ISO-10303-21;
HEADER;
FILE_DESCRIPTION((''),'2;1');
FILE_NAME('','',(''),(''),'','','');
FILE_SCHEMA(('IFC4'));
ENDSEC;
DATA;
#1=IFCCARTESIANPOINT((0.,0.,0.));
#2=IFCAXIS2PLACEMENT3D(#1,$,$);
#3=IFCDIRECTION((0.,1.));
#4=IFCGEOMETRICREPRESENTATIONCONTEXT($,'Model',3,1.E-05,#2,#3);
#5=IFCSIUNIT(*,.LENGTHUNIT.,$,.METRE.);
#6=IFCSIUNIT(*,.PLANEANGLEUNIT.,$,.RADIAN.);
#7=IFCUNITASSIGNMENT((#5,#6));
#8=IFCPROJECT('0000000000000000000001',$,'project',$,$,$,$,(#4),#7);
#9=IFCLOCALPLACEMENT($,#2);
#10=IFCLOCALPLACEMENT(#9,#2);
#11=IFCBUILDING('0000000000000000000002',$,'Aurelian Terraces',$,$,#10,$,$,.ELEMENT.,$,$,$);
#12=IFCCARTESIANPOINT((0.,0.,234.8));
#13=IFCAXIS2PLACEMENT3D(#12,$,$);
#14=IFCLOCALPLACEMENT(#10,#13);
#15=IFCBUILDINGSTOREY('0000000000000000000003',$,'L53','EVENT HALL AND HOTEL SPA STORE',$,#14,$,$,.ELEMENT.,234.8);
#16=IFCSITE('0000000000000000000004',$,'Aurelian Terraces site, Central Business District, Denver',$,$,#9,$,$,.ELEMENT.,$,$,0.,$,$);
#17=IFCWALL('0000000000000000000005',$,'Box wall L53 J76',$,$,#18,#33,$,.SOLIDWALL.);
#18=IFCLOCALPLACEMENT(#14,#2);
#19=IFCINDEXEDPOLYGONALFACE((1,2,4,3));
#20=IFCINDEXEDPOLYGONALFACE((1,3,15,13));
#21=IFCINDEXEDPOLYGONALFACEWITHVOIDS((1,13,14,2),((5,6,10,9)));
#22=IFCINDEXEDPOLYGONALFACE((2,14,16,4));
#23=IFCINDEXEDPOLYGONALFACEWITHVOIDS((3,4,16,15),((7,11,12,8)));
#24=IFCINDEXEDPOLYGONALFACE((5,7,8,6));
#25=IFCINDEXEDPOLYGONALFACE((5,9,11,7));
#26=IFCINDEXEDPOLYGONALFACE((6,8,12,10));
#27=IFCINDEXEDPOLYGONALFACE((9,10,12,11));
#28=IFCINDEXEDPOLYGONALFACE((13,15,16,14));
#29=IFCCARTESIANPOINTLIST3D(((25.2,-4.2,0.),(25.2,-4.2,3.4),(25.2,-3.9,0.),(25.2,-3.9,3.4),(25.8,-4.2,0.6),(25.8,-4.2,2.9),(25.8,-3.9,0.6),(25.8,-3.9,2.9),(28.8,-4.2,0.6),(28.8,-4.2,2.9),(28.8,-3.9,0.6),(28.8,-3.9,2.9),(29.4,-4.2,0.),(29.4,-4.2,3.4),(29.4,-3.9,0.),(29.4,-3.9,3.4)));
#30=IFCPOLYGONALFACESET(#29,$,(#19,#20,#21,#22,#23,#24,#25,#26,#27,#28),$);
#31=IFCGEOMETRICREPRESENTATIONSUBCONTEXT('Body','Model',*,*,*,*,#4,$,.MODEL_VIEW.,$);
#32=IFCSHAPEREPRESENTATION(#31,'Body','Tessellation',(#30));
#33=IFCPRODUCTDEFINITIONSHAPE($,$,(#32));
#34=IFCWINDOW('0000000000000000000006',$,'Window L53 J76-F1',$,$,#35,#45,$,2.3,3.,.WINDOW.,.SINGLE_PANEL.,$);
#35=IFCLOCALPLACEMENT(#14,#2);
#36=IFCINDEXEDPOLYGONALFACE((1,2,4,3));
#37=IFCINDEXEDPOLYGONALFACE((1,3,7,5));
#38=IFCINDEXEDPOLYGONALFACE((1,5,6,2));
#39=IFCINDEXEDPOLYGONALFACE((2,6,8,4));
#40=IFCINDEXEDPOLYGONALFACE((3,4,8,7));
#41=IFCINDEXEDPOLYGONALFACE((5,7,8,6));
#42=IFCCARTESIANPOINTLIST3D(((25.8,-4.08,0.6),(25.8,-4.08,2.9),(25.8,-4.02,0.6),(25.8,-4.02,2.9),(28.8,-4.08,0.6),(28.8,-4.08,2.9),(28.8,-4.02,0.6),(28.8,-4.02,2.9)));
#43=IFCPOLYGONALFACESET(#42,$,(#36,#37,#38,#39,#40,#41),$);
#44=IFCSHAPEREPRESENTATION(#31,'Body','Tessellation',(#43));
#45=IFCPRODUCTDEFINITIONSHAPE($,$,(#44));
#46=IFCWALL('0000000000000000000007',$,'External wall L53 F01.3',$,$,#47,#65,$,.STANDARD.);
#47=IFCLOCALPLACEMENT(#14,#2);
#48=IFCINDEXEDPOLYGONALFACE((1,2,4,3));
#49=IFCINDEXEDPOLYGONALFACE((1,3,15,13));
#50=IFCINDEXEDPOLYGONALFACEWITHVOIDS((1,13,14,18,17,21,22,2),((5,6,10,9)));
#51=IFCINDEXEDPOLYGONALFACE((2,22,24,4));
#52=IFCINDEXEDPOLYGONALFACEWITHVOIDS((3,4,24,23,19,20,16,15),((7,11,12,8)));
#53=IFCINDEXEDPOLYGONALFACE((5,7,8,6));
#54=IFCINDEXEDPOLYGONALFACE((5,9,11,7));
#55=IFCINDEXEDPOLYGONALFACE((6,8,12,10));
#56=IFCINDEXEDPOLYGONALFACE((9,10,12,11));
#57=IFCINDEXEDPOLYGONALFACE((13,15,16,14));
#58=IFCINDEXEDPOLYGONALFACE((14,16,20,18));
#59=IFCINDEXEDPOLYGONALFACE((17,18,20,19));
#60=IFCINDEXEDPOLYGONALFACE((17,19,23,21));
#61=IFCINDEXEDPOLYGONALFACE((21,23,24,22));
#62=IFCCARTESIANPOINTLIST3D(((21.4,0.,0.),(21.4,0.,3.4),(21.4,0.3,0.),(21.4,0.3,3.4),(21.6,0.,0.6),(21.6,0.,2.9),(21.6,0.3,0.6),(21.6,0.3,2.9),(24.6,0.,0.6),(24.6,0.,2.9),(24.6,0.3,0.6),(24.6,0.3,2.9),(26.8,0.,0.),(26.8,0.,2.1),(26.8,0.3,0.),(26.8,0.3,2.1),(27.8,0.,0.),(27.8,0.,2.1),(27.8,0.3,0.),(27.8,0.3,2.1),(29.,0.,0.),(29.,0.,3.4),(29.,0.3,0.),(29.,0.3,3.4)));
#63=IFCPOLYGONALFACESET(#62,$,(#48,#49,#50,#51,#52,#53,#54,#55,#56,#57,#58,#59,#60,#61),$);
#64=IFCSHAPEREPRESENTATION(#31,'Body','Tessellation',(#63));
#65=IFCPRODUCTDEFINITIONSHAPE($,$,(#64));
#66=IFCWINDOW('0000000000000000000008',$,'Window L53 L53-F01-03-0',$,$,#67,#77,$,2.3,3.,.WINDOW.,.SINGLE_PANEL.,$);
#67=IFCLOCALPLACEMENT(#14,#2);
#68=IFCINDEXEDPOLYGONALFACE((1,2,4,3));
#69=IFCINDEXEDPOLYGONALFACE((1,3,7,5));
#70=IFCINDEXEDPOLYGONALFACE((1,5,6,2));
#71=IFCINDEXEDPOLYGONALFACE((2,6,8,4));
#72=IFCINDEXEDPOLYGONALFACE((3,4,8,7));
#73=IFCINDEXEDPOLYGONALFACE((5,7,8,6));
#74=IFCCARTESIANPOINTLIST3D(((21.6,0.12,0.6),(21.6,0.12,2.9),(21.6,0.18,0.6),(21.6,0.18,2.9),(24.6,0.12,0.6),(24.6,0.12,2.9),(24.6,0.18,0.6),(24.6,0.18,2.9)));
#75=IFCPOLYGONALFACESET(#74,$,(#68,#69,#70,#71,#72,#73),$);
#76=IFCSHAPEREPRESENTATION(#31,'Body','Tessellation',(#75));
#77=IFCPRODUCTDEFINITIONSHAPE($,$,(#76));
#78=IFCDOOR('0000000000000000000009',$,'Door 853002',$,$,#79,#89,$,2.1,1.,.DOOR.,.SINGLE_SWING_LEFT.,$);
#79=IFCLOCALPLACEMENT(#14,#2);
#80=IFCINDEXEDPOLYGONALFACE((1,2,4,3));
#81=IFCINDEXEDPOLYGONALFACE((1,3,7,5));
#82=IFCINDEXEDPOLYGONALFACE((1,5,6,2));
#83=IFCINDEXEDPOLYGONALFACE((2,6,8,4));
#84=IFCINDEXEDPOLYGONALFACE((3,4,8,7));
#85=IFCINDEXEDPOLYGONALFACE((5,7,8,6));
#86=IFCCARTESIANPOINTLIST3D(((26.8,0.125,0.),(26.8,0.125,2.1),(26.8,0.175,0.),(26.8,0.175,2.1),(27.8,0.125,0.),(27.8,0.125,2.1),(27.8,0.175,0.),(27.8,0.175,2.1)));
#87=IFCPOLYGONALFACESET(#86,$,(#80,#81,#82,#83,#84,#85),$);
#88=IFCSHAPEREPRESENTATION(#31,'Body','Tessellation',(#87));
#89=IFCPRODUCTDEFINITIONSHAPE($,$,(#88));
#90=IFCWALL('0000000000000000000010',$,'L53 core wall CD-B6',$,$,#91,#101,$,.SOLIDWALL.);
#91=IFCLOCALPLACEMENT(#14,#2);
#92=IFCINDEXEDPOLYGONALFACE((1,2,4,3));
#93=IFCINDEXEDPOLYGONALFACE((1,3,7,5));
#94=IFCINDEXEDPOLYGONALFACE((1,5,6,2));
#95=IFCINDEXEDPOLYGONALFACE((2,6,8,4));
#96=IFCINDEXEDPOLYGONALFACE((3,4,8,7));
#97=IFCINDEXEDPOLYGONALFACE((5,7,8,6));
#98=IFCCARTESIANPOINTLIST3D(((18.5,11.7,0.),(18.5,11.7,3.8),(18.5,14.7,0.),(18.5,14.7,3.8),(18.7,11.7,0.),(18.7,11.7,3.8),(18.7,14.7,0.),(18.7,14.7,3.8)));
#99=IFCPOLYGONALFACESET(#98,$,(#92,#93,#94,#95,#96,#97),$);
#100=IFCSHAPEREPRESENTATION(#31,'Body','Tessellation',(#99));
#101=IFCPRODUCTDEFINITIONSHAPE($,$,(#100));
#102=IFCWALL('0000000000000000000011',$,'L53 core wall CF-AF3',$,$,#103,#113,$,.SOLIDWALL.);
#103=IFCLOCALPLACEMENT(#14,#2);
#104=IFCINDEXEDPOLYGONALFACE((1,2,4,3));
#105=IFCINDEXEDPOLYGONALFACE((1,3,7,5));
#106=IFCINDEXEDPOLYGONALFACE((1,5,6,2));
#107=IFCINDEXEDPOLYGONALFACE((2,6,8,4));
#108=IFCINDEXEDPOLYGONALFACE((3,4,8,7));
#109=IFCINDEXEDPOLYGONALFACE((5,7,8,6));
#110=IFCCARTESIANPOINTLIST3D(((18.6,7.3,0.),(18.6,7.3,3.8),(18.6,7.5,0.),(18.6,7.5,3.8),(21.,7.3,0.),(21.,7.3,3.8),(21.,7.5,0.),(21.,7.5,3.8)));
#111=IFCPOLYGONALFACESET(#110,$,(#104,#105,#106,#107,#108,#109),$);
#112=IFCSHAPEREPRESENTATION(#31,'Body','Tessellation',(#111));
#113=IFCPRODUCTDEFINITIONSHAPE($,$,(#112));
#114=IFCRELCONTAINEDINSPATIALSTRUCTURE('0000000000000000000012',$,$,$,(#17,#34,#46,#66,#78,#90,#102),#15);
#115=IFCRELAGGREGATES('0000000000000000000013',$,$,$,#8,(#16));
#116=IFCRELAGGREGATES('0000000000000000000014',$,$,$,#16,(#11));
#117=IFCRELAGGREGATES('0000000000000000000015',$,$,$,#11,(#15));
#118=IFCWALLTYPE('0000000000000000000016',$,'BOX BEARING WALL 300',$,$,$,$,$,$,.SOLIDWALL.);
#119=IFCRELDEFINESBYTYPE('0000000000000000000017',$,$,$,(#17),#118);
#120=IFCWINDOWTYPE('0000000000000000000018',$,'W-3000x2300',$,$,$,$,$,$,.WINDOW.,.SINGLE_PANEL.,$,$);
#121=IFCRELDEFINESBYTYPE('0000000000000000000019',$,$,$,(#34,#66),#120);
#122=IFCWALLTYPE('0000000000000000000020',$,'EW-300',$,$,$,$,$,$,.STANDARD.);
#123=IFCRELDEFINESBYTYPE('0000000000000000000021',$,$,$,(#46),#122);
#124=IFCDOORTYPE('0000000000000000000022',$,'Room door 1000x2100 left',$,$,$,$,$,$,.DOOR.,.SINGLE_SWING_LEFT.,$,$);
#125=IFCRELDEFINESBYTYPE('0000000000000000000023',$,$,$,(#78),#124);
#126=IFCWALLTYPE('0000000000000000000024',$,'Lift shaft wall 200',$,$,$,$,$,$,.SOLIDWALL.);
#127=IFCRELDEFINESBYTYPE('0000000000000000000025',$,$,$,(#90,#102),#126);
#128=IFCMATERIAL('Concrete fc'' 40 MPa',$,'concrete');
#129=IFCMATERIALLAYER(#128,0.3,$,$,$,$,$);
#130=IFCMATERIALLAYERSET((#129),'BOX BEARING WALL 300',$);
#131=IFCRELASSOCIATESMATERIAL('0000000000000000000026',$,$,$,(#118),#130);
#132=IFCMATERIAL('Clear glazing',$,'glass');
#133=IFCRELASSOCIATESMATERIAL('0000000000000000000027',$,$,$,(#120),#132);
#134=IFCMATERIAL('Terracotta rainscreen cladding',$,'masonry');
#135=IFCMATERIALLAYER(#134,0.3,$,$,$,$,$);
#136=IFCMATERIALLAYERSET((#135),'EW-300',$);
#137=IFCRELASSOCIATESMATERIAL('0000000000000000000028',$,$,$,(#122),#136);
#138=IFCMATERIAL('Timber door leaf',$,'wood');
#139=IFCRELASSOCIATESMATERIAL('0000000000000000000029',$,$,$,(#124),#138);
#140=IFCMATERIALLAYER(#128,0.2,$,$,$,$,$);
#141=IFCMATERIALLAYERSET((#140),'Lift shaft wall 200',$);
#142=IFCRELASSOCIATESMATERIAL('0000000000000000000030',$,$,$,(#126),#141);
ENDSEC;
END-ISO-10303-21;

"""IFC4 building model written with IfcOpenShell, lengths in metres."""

from ifc_helpers import new_model, si_unit, direction, frame, frame_2d, origin, place, context, subcontext, project, spatial, rectangle, extrude, source, transform, mapped, material, layer, layer_set, type_object, element, fill, save


model = new_model("IFC4")

# Units and contexts
model_context = context("Model", 3, precision=1e-05, world=origin(), true_north=direction((0.0, 1.0)))
body_context = subcontext(model_context, "Body", "Model", "MODEL_VIEW")
ifc_project = project(units=[si_unit("LENGTHUNIT", "METRE"), si_unit("PLANEANGLEUNIT", "RADIAN")], contexts=[model_context])

# Site, building, storey
site_placement = place(None, origin())
site = spatial("IfcSite", under=ifc_project, at=site_placement, Name="Aurelian Terraces site, Central Business District, Denver", CompositionType="ELEMENT", RefElevation=0.0)
building_placement = place(site_placement, origin())
building = spatial("IfcBuilding", under=site, at=building_placement, Name="Aurelian Terraces", CompositionType="ELEMENT")
storey_placement = place(building_placement, frame((0.0, 0.0, 234.8)))
storey = spatial("IfcBuildingStorey", under=building, at=storey_placement, Name="L53", Description="EVENT HALL AND HOTEL SPA STORE", CompositionType="ELEMENT", Elevation=234.8)

# Wall, opening, window
ifc_material_1 = material(Name="Concrete fc' 40 MPa", Category="concrete")
ifc_material_2 = material(Name="Clear glazing", Category="glass")
ifc_layer_1 = layer(ifc_material_1, 0.3)
ifc_layer_set_1 = layer_set([ifc_layer_1], Name="BOX BEARING WALL 300")
wall_type_1 = type_object("IfcWallType", Name="BOX BEARING WALL 300", PredefinedType="SOLIDWALL", material=ifc_layer_set_1)
shared_shape_1 = source(origin(), body_context, "Body", "SweptSolid", [
    extrude(rectangle(XDim=4.2, YDim=0.3, at=frame_2d((2.1, 0.0))), origin(), (0.0, 0.0, 1.0), 3.4),
])
wall_1_placement = place(storey_placement, frame((25.2, -4.05, 0.0), z_axis=(0.0, 0.0, 1.0), x_axis=(1.0, 0.0, 0.0)))
wall_1 = element("IfcWall", 1, at=wall_1_placement, inside=storey, type_object=wall_type_1, Name="Box wall L53 J76", PredefinedType="SOLIDWALL", context=body_context, shape_type="MappedRepresentation", body=[
    mapped(shared_shape_1, transform((0.0, 0.0, 0.0), scale=1.0)),
])
shared_shape_2 = source(origin(), body_context, "Body", "SweptSolid", [
    extrude(rectangle(XDim=3.0, YDim=2.3, at=frame_2d((1.5, 1.15))), frame((0.0, 0.16, 0.0), z_axis=(0.0, -1.0, 0.0), x_axis=(1.0, 0.0, 0.0)), (0.0, 0.0, 1.0), 0.32),
])
opening_1_placement = place(wall_1_placement, frame((0.6, 0.0, 0.6)))
opening_1 = element("IfcOpeningElement", 2, at=opening_1_placement, cuts=wall_1, PredefinedType="OPENING", context=body_context, shape_type="MappedRepresentation", body=[
    mapped(shared_shape_2, transform((0.0, 0.0, 0.0), scale=1.0)),
])
window_type_1 = type_object("IfcWindowType", Name="W-3000x2300", PartitioningType="SINGLE_PANEL", PredefinedType="WINDOW", material=ifc_material_2)
shared_shape_3 = source(origin(), body_context, "Body", "SweptSolid", [
    extrude(rectangle(XDim=3.0, YDim=2.3, at=frame_2d((1.5, 1.15))), frame((0.0, 0.03, 0.0), z_axis=(0.0, -1.0, 0.0), x_axis=(1.0, 0.0, 0.0)), (0.0, 0.0, 1.0), 0.06),
])
window_1_placement = place(opening_1_placement, origin())
window_1 = element("IfcWindow", 3, at=window_1_placement, inside=storey, type_object=window_type_1, Name="Window L53 J76-F1", OverallHeight=2.3, OverallWidth=3.0, PartitioningType="SINGLE_PANEL", PredefinedType="WINDOW", context=body_context, shape_type="MappedRepresentation", body=[
    mapped(shared_shape_3, transform((0.0, 0.0, 0.0), scale=1.0)),
])
fill(opening_1, window_1)

# Wall, openings, window, door
ifc_material_3 = material(Name="Terracotta rainscreen cladding", Category="masonry")
ifc_layer_2 = layer(ifc_material_3, 0.3)
ifc_layer_set_2 = layer_set([ifc_layer_2], Name="EW-300")
wall_type_2 = type_object("IfcWallType", Name="EW-300", PredefinedType="STANDARD", material=ifc_layer_set_2)
shared_shape_4 = source(origin(), body_context, "Body", "SweptSolid", [
    extrude(rectangle(XDim=7.6, YDim=0.3, at=frame_2d((3.8, 0.0))), origin(), (0.0, 0.0, 1.0), 3.4),
])
wall_2_placement = place(storey_placement, frame((21.4, 0.15, 0.0), z_axis=(0.0, 0.0, 1.0), x_axis=(1.0, 0.0, 0.0)))
wall_2 = element("IfcWall", 4, at=wall_2_placement, inside=storey, type_object=wall_type_2, Name="External wall L53 F01.3", PredefinedType="STANDARD", context=body_context, shape_type="MappedRepresentation", body=[
    mapped(shared_shape_4, transform((0.0, 0.0, 0.0), scale=1.0)),
])
opening_2_placement = place(wall_2_placement, frame((0.2, 0.0, 0.6)))
opening_2 = element("IfcOpeningElement", 5, at=opening_2_placement, cuts=wall_2, PredefinedType="OPENING", context=body_context, shape_type="MappedRepresentation", body=[
    mapped(shared_shape_2, transform((0.0, 0.0, 0.0), scale=1.0)),
])
shared_shape_5 = source(origin(), body_context, "Body", "SweptSolid", [
    extrude(rectangle(XDim=1.0, YDim=2.1, at=frame_2d((0.5, 1.05))), frame((0.0, 0.16, 0.0), z_axis=(0.0, -1.0, 0.0), x_axis=(1.0, 0.0, 0.0)), (0.0, 0.0, 1.0), 0.32),
])
opening_3_placement = place(wall_2_placement, frame((5.4, 0.0, 0.0)))
opening_3 = element("IfcOpeningElement", 6, at=opening_3_placement, cuts=wall_2, PredefinedType="OPENING", context=body_context, shape_type="MappedRepresentation", body=[
    mapped(shared_shape_5, transform((0.0, 0.0, 0.0), scale=1.0)),
])
window_2_placement = place(opening_2_placement, origin())
window_2 = element("IfcWindow", 7, at=window_2_placement, inside=storey, type_object=window_type_1, Name="Window L53 L53-F01-03-0", OverallHeight=2.3, OverallWidth=3.0, PartitioningType="SINGLE_PANEL", PredefinedType="WINDOW", context=body_context, shape_type="MappedRepresentation", body=[
    mapped(shared_shape_3, transform((0.0, 0.0, 0.0), scale=1.0)),
])
fill(opening_2, window_2)
ifc_material_4 = material(Name="Timber door leaf", Category="wood")
door_type_1 = type_object("IfcDoorType", Name="Room door 1000x2100 left", OperationType="SINGLE_SWING_LEFT", PredefinedType="DOOR", material=ifc_material_4)
shared_shape_6 = source(origin(), body_context, "Body", "SweptSolid", [
    extrude(rectangle(XDim=1.0, YDim=2.1, at=frame_2d((0.5, 1.05))), frame((0.0, 0.025, 0.0), z_axis=(0.0, -1.0, 0.0), x_axis=(1.0, 0.0, 0.0)), (0.0, 0.0, 1.0), 0.05),
])
door_1_placement = place(opening_3_placement, origin())
door_1 = element("IfcDoor", 8, at=door_1_placement, inside=storey, type_object=door_type_1, Name="Door 853002", OperationType="SINGLE_SWING_LEFT", OverallHeight=2.1, OverallWidth=1.0, PredefinedType="DOOR", context=body_context, shape_type="MappedRepresentation", body=[
    mapped(shared_shape_6, transform((0.0, 0.0, 0.0), scale=1.0)),
])
fill(opening_3, door_1)

# Walls
ifc_layer_3 = layer(ifc_material_1, 0.2)
ifc_layer_set_3 = layer_set([ifc_layer_3], Name="Lift shaft wall 200")
wall_type_3 = type_object("IfcWallType", Name="Lift shaft wall 200", PredefinedType="SOLIDWALL", material=ifc_layer_set_3)
shared_shape_7 = source(origin(), body_context, "Body", "SweptSolid", [
    extrude(rectangle(XDim=3.0, YDim=0.2, at=frame_2d((1.5, 0.0))), origin(), (0.0, 0.0, 1.0), 3.8),
])
wall_3_placement = place(storey_placement, frame((18.6, 11.7, 0.0), z_axis=(0.0, 0.0, 1.0), x_axis=(0.0, 1.0, 0.0)))
element("IfcWall", 9, at=wall_3_placement, inside=storey, type_object=wall_type_3, Name="L53 core wall CD-B6", PredefinedType="SOLIDWALL", context=body_context, shape_type="MappedRepresentation", body=[
    mapped(shared_shape_7, transform((0.0, 0.0, 0.0), scale=1.0)),
])
shared_shape_8 = source(origin(), body_context, "Body", "SweptSolid", [
    extrude(rectangle(XDim=2.4, YDim=0.2, at=frame_2d((1.2, 0.0))), origin(), (0.0, 0.0, 1.0), 3.8),
])
wall_4_placement = place(storey_placement, frame((18.6, 7.4, 0.0), z_axis=(0.0, 0.0, 1.0), x_axis=(1.0, 0.0, 0.0)))
element("IfcWall", 10, at=wall_4_placement, inside=storey, type_object=wall_type_3, Name="L53 core wall CF-AF3", PredefinedType="SOLIDWALL", context=body_context, shape_type="MappedRepresentation", body=[
    mapped(shared_shape_8, transform((0.0, 0.0, 0.0), scale=1.0)),
])

save(model, "model.ifc")
